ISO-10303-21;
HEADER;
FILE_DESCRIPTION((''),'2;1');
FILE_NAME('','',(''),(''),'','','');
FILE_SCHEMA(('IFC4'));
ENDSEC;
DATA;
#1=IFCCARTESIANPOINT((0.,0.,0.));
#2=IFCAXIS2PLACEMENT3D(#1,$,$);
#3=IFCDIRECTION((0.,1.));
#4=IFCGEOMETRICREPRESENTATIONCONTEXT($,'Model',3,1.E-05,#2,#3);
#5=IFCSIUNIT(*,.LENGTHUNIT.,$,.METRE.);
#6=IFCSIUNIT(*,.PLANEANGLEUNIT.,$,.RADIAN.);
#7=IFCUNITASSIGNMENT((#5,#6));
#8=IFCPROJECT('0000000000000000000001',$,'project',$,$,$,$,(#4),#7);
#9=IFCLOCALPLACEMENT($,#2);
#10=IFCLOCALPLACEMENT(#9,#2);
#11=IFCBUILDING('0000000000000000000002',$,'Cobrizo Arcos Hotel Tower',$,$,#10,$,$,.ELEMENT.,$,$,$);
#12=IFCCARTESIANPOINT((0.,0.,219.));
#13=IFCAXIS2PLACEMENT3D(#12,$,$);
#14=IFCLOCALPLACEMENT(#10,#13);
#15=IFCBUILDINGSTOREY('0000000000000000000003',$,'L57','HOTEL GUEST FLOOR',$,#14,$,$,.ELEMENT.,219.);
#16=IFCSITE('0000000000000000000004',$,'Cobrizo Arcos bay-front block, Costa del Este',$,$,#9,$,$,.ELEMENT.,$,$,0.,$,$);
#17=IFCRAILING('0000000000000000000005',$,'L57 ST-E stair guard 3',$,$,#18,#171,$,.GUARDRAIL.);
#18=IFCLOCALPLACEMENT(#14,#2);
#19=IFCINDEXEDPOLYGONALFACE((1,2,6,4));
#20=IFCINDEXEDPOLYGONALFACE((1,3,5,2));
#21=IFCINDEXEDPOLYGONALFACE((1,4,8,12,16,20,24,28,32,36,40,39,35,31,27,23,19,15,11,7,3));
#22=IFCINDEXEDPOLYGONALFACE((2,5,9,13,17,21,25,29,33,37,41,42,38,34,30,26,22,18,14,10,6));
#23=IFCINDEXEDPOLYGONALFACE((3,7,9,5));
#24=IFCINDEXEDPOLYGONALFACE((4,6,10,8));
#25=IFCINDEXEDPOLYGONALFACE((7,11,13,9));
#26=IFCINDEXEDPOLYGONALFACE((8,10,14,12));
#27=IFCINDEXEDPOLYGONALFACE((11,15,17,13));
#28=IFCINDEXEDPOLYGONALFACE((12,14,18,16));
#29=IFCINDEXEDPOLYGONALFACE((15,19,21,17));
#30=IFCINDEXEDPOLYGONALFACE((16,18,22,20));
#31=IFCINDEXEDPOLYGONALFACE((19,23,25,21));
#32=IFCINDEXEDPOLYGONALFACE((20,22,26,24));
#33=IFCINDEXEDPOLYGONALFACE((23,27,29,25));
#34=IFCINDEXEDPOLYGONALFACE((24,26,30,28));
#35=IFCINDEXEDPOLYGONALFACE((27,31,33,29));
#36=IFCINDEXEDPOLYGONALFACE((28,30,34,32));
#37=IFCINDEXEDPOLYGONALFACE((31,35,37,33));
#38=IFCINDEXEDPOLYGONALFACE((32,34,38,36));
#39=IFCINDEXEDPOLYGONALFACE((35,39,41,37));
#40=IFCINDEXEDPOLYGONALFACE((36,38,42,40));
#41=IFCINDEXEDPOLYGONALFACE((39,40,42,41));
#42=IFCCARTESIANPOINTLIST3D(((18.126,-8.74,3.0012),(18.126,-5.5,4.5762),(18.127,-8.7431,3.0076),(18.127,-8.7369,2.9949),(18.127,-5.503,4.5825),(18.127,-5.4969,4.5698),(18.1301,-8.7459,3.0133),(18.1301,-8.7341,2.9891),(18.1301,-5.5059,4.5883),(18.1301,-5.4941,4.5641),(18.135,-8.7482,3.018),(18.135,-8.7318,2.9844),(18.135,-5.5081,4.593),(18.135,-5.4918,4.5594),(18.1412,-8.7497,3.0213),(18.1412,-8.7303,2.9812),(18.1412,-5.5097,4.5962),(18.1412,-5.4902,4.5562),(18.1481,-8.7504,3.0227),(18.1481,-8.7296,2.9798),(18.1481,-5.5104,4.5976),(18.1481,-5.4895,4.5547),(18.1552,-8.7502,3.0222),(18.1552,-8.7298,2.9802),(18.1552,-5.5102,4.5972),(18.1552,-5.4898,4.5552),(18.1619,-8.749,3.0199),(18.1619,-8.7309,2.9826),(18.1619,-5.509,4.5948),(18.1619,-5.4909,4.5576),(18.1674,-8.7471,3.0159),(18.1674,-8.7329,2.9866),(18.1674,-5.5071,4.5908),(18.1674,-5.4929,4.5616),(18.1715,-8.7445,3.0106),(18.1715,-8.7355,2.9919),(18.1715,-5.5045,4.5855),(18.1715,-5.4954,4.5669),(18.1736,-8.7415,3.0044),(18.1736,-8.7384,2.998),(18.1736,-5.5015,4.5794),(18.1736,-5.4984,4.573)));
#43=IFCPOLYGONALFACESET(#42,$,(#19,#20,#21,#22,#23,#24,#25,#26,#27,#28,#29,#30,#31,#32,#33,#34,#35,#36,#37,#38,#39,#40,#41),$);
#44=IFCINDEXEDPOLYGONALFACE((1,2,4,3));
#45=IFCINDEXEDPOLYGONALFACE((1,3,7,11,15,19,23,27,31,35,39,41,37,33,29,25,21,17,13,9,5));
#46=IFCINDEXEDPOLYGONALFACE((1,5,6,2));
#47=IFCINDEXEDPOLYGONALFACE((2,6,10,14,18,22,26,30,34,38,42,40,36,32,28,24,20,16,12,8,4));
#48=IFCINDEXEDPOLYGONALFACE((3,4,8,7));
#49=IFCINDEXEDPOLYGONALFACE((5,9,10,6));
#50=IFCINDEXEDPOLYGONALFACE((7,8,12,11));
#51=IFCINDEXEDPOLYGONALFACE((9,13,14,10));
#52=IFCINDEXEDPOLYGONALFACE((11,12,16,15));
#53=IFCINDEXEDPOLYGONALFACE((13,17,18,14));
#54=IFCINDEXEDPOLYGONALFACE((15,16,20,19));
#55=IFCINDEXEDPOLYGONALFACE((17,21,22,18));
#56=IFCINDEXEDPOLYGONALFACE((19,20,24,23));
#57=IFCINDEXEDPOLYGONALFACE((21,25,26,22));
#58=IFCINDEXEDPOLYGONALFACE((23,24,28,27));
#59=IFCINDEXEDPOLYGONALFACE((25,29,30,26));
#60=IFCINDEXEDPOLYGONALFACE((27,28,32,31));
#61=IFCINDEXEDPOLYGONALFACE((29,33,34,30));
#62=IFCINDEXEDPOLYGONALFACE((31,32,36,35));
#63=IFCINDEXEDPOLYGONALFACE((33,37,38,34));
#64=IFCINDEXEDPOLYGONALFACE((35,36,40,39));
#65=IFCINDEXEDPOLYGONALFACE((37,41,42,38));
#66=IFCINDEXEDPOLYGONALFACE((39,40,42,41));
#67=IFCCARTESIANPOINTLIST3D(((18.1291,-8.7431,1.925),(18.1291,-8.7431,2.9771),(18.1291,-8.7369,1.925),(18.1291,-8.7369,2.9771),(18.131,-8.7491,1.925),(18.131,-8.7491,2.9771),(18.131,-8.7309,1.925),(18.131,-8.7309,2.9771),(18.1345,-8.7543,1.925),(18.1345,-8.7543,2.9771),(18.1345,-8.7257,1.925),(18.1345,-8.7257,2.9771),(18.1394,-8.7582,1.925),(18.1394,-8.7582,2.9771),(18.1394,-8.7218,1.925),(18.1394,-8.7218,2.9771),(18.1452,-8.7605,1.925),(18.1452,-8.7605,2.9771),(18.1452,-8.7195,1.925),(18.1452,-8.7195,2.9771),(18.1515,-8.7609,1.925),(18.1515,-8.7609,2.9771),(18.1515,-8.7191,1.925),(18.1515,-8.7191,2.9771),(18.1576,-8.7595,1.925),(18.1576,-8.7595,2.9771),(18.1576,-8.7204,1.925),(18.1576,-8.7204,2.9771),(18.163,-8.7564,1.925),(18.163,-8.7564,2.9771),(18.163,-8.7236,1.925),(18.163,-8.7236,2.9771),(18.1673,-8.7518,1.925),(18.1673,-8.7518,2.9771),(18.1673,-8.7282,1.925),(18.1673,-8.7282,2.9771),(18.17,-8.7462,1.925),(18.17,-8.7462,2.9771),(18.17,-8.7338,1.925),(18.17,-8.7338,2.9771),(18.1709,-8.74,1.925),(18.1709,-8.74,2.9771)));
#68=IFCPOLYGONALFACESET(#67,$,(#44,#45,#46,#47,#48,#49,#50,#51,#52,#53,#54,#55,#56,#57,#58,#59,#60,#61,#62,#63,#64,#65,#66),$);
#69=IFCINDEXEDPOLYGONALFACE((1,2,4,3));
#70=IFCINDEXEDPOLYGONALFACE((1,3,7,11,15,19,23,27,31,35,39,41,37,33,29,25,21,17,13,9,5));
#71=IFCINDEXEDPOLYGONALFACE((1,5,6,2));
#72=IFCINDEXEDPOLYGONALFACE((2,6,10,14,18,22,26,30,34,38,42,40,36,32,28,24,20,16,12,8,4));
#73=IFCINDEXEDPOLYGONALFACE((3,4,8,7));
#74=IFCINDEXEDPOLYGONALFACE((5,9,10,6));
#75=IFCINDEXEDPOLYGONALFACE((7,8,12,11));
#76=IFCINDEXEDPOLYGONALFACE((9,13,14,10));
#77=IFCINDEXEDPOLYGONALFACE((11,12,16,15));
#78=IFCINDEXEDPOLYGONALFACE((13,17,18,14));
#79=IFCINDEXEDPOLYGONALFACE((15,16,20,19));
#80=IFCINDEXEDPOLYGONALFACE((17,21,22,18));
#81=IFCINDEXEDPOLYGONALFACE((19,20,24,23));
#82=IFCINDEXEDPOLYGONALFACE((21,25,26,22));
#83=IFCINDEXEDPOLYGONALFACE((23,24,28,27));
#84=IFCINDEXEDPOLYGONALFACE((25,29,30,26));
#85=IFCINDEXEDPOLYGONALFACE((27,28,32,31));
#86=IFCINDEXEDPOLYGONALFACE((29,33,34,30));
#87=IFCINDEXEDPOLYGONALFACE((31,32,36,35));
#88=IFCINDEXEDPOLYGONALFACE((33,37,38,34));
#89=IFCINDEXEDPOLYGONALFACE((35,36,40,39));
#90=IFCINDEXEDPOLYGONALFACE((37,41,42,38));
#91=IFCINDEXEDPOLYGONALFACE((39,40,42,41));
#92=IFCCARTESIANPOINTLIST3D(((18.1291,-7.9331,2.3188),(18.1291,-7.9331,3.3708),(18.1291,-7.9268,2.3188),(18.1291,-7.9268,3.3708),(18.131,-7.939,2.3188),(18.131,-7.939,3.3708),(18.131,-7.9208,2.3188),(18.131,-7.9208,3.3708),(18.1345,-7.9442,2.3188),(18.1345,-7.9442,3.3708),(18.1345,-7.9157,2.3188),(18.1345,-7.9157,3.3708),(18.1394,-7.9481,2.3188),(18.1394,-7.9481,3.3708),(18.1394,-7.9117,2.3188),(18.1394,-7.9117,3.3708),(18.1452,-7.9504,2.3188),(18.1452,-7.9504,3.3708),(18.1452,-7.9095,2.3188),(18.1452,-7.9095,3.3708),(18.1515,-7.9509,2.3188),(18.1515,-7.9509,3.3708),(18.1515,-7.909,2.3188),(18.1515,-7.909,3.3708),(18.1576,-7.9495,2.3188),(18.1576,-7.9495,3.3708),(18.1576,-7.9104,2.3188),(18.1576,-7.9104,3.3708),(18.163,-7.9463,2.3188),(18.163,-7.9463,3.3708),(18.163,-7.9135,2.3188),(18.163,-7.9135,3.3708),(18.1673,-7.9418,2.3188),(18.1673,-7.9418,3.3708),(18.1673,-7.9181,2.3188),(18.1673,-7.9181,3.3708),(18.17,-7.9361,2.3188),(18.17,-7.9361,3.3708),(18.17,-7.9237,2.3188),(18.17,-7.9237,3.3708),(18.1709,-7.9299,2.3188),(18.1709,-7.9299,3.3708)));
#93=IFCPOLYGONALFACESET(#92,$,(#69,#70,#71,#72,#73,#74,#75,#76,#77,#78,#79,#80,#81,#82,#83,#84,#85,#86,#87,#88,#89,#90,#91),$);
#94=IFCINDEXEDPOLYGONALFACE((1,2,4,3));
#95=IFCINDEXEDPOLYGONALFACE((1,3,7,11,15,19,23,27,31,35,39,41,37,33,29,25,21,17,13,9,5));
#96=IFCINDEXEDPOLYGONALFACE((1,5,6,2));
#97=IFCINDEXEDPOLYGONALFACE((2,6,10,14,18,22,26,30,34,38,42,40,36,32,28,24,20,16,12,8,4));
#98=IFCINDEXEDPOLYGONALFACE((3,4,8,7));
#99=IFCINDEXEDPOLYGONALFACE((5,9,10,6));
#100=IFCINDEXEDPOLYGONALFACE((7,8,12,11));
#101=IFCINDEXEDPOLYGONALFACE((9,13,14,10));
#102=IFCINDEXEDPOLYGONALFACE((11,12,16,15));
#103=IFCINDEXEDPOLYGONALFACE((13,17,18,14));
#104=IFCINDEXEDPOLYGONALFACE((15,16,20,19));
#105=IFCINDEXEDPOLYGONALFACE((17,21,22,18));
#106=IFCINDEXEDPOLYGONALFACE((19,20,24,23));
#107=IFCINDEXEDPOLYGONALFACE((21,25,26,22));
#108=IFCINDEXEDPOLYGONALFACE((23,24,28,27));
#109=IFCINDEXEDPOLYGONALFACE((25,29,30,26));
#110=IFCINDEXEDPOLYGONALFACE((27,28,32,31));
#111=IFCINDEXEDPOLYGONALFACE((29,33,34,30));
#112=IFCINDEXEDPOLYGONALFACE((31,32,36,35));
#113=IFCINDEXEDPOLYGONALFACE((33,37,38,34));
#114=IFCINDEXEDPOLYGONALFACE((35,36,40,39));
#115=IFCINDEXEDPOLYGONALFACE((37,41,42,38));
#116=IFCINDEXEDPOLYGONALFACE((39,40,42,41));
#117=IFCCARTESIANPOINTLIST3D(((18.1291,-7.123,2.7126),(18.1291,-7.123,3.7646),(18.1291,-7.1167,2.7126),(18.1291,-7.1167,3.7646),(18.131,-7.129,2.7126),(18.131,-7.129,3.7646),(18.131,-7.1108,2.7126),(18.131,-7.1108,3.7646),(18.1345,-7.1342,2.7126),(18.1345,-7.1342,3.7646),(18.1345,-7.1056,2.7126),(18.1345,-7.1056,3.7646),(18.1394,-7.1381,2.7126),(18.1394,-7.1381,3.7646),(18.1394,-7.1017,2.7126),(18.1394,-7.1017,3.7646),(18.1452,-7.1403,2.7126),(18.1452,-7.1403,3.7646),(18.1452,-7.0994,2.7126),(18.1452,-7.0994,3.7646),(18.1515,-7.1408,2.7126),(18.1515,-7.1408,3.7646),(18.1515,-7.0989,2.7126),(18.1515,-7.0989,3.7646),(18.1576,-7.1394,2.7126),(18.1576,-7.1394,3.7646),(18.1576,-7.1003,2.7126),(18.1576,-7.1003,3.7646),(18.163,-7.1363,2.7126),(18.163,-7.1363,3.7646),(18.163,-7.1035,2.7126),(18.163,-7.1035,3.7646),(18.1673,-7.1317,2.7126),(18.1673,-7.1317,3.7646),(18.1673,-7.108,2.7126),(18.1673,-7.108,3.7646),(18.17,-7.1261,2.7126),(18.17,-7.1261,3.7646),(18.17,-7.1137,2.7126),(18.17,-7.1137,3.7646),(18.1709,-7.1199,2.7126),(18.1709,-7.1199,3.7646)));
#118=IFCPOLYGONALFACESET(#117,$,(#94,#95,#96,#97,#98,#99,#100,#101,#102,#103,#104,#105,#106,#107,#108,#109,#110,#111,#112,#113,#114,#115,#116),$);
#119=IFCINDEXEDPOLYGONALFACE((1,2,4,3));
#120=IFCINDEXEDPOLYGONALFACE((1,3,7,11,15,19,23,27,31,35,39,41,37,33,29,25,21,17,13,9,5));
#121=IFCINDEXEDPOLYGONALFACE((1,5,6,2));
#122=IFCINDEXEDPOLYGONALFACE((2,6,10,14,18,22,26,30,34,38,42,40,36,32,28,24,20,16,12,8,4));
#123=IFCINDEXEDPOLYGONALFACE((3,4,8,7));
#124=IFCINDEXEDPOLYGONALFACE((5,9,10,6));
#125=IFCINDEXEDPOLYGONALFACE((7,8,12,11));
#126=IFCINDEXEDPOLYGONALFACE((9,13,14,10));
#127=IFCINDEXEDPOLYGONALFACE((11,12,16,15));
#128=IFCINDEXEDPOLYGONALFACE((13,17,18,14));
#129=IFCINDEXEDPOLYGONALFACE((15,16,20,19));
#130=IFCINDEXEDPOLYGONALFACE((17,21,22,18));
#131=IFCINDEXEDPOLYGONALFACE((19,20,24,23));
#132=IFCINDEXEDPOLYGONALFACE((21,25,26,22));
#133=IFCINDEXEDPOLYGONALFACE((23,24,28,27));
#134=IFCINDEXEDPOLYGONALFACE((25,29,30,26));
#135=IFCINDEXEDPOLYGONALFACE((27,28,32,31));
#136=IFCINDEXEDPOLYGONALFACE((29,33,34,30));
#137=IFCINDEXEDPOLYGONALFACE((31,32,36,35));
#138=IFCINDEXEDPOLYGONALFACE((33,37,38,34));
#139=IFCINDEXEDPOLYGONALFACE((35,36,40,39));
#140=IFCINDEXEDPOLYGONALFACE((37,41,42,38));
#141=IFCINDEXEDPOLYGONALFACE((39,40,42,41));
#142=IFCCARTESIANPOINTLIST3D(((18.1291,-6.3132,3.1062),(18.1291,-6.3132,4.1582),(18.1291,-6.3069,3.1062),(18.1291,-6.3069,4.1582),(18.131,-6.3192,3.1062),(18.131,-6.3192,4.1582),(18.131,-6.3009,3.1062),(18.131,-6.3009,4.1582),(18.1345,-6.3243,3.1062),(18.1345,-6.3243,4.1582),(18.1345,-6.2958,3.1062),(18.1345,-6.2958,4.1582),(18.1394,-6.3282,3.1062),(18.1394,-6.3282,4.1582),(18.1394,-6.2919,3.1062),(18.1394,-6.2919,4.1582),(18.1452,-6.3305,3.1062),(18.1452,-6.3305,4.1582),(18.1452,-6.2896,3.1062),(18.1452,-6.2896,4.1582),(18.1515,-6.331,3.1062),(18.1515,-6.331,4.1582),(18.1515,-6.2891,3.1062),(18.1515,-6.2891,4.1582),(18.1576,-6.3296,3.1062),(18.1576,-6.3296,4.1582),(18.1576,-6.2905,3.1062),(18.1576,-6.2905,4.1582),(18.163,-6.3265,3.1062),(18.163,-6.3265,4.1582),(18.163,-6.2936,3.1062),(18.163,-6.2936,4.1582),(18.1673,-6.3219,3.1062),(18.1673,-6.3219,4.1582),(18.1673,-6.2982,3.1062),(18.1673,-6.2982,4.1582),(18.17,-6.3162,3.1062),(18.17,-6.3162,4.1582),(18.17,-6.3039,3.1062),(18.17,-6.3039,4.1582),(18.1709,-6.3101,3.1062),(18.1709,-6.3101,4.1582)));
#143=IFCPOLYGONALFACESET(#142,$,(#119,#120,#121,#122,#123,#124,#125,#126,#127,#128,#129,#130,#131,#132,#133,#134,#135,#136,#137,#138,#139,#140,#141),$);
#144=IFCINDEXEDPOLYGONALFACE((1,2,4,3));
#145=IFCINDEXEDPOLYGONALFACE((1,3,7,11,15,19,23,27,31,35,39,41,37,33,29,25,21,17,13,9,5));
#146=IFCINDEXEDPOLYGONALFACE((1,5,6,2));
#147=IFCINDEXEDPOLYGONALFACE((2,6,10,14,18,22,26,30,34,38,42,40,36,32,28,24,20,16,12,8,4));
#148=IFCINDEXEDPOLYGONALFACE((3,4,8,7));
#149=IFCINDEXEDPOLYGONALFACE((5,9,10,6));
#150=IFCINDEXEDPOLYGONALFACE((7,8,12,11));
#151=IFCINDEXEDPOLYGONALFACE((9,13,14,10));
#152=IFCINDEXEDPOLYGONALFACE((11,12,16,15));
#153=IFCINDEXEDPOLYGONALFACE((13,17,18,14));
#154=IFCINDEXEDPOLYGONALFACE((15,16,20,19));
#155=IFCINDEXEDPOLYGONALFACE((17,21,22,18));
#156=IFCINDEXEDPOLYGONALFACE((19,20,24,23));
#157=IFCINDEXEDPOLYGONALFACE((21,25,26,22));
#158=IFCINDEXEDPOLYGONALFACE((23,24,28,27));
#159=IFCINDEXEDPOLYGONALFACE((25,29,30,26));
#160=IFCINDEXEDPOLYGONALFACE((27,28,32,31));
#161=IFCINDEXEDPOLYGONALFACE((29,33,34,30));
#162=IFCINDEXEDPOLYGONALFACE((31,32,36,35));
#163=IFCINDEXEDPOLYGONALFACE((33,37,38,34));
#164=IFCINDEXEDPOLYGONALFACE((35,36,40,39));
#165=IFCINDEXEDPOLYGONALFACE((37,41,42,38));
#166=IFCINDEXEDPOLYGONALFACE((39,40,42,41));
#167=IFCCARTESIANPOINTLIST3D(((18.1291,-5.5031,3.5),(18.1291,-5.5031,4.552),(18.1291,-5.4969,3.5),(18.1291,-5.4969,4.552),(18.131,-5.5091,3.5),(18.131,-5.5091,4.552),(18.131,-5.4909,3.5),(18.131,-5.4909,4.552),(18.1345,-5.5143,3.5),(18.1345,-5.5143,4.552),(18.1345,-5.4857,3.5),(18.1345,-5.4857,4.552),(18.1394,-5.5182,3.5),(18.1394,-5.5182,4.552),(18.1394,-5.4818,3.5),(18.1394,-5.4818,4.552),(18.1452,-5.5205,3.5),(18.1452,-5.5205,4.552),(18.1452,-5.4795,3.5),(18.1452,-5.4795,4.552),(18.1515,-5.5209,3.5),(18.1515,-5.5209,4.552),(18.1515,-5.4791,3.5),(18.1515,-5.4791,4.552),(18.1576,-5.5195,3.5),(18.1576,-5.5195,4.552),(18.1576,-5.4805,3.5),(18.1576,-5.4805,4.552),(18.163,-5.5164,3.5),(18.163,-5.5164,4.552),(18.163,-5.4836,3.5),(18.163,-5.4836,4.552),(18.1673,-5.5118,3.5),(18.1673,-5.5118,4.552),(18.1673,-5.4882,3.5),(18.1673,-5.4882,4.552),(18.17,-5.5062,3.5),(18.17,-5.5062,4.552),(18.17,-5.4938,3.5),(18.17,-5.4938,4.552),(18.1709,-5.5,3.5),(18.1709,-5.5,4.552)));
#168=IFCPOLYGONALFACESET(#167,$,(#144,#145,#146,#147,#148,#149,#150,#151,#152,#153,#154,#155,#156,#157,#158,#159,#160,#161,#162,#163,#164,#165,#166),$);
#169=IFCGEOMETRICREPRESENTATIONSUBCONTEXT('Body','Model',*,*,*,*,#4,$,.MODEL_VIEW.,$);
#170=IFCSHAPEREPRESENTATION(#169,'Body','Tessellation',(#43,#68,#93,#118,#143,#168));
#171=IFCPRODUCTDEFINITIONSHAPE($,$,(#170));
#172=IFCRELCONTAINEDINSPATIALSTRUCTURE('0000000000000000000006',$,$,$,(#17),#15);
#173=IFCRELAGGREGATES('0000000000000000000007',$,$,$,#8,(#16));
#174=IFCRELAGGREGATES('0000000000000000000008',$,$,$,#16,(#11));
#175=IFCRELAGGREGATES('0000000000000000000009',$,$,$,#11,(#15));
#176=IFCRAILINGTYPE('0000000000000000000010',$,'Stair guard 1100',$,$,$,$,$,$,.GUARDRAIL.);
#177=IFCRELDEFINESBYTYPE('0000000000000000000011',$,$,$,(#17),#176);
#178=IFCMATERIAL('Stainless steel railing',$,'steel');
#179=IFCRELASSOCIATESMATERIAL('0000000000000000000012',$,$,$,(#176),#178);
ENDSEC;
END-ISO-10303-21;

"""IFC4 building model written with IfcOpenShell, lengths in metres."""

from ifc_helpers import new_model, si_unit, direction, frame, origin, origin_2d, place, context, subcontext, project, spatial, circle, extrude, material, type_object, element, save


model = new_model("IFC4")

# Units and contexts
model_context = context("Model", 3, precision=1e-05, world=origin(), true_north=direction((0.0, 1.0)))
body_context = subcontext(model_context, "Body", "Model", "MODEL_VIEW")
ifc_project = project(units=[si_unit("LENGTHUNIT", "METRE"), si_unit("PLANEANGLEUNIT", "RADIAN")], contexts=[model_context])

# Site, building, storey
site_placement = place(None, origin())
site = spatial("IfcSite", under=ifc_project, at=site_placement, Name="Cobrizo Arcos bay-front block, Costa del Este", CompositionType="ELEMENT", RefElevation=0.0)
building_placement = place(site_placement, origin())
building = spatial("IfcBuilding", under=site, at=building_placement, Name="Cobrizo Arcos Hotel Tower", CompositionType="ELEMENT")
storey_placement = place(building_placement, frame((0.0, 0.0, 219.0)))
storey = spatial("IfcBuildingStorey", under=building, at=storey_placement, Name="L57", Description="HOTEL GUEST FLOOR", CompositionType="ELEMENT", Elevation=219.0)

# Railing
ifc_material_1 = material(Name="Stainless steel railing", Category="steel")
railing_type_1 = type_object("IfcRailingType", Name="Stair guard 1100", PredefinedType="GUARDRAIL", material=ifc_material_1)
railing_1_placement = place(storey_placement, frame((18.1499, -8.74, 1.925)))
element("IfcRailing", 1, at=railing_1_placement, inside=storey, type_object=railing_type_1, Name="L57 ST-E stair guard 3", PredefinedType="GUARDRAIL", context=body_context, shape_type="SweptSolid", body=[
    extrude(circle(Radius=0.0239, at=origin_2d()), frame((0.0, 0.0, 1.0762), z_axis=(0.0, 0.899373, 0.437183), x_axis=(-1.0, 0.0, 0.0)), (0.0, 0.0, 1.0), 3.6025),
    extrude(circle(Radius=0.021, at=origin_2d()), origin(), (0.0, 0.0, 1.0), 1.052),
    extrude(circle(Radius=0.021, at=origin_2d()), frame((0.0, 0.8101, 0.3938)), (0.0, 0.0, 1.0), 1.052),
    extrude(circle(Radius=0.021, at=origin_2d()), frame((0.0, 1.6201, 0.7876)), (0.0, 0.0, 1.0), 1.052),
    extrude(circle(Radius=0.021, at=origin_2d()), frame((0.0, 2.4299, 1.1812)), (0.0, 0.0, 1.0), 1.052),
    extrude(circle(Radius=0.021, at=origin_2d()), frame((0.0, 3.24, 1.575)), (0.0, 0.0, 1.0), 1.052),
])

save(model, "model.ifc")
